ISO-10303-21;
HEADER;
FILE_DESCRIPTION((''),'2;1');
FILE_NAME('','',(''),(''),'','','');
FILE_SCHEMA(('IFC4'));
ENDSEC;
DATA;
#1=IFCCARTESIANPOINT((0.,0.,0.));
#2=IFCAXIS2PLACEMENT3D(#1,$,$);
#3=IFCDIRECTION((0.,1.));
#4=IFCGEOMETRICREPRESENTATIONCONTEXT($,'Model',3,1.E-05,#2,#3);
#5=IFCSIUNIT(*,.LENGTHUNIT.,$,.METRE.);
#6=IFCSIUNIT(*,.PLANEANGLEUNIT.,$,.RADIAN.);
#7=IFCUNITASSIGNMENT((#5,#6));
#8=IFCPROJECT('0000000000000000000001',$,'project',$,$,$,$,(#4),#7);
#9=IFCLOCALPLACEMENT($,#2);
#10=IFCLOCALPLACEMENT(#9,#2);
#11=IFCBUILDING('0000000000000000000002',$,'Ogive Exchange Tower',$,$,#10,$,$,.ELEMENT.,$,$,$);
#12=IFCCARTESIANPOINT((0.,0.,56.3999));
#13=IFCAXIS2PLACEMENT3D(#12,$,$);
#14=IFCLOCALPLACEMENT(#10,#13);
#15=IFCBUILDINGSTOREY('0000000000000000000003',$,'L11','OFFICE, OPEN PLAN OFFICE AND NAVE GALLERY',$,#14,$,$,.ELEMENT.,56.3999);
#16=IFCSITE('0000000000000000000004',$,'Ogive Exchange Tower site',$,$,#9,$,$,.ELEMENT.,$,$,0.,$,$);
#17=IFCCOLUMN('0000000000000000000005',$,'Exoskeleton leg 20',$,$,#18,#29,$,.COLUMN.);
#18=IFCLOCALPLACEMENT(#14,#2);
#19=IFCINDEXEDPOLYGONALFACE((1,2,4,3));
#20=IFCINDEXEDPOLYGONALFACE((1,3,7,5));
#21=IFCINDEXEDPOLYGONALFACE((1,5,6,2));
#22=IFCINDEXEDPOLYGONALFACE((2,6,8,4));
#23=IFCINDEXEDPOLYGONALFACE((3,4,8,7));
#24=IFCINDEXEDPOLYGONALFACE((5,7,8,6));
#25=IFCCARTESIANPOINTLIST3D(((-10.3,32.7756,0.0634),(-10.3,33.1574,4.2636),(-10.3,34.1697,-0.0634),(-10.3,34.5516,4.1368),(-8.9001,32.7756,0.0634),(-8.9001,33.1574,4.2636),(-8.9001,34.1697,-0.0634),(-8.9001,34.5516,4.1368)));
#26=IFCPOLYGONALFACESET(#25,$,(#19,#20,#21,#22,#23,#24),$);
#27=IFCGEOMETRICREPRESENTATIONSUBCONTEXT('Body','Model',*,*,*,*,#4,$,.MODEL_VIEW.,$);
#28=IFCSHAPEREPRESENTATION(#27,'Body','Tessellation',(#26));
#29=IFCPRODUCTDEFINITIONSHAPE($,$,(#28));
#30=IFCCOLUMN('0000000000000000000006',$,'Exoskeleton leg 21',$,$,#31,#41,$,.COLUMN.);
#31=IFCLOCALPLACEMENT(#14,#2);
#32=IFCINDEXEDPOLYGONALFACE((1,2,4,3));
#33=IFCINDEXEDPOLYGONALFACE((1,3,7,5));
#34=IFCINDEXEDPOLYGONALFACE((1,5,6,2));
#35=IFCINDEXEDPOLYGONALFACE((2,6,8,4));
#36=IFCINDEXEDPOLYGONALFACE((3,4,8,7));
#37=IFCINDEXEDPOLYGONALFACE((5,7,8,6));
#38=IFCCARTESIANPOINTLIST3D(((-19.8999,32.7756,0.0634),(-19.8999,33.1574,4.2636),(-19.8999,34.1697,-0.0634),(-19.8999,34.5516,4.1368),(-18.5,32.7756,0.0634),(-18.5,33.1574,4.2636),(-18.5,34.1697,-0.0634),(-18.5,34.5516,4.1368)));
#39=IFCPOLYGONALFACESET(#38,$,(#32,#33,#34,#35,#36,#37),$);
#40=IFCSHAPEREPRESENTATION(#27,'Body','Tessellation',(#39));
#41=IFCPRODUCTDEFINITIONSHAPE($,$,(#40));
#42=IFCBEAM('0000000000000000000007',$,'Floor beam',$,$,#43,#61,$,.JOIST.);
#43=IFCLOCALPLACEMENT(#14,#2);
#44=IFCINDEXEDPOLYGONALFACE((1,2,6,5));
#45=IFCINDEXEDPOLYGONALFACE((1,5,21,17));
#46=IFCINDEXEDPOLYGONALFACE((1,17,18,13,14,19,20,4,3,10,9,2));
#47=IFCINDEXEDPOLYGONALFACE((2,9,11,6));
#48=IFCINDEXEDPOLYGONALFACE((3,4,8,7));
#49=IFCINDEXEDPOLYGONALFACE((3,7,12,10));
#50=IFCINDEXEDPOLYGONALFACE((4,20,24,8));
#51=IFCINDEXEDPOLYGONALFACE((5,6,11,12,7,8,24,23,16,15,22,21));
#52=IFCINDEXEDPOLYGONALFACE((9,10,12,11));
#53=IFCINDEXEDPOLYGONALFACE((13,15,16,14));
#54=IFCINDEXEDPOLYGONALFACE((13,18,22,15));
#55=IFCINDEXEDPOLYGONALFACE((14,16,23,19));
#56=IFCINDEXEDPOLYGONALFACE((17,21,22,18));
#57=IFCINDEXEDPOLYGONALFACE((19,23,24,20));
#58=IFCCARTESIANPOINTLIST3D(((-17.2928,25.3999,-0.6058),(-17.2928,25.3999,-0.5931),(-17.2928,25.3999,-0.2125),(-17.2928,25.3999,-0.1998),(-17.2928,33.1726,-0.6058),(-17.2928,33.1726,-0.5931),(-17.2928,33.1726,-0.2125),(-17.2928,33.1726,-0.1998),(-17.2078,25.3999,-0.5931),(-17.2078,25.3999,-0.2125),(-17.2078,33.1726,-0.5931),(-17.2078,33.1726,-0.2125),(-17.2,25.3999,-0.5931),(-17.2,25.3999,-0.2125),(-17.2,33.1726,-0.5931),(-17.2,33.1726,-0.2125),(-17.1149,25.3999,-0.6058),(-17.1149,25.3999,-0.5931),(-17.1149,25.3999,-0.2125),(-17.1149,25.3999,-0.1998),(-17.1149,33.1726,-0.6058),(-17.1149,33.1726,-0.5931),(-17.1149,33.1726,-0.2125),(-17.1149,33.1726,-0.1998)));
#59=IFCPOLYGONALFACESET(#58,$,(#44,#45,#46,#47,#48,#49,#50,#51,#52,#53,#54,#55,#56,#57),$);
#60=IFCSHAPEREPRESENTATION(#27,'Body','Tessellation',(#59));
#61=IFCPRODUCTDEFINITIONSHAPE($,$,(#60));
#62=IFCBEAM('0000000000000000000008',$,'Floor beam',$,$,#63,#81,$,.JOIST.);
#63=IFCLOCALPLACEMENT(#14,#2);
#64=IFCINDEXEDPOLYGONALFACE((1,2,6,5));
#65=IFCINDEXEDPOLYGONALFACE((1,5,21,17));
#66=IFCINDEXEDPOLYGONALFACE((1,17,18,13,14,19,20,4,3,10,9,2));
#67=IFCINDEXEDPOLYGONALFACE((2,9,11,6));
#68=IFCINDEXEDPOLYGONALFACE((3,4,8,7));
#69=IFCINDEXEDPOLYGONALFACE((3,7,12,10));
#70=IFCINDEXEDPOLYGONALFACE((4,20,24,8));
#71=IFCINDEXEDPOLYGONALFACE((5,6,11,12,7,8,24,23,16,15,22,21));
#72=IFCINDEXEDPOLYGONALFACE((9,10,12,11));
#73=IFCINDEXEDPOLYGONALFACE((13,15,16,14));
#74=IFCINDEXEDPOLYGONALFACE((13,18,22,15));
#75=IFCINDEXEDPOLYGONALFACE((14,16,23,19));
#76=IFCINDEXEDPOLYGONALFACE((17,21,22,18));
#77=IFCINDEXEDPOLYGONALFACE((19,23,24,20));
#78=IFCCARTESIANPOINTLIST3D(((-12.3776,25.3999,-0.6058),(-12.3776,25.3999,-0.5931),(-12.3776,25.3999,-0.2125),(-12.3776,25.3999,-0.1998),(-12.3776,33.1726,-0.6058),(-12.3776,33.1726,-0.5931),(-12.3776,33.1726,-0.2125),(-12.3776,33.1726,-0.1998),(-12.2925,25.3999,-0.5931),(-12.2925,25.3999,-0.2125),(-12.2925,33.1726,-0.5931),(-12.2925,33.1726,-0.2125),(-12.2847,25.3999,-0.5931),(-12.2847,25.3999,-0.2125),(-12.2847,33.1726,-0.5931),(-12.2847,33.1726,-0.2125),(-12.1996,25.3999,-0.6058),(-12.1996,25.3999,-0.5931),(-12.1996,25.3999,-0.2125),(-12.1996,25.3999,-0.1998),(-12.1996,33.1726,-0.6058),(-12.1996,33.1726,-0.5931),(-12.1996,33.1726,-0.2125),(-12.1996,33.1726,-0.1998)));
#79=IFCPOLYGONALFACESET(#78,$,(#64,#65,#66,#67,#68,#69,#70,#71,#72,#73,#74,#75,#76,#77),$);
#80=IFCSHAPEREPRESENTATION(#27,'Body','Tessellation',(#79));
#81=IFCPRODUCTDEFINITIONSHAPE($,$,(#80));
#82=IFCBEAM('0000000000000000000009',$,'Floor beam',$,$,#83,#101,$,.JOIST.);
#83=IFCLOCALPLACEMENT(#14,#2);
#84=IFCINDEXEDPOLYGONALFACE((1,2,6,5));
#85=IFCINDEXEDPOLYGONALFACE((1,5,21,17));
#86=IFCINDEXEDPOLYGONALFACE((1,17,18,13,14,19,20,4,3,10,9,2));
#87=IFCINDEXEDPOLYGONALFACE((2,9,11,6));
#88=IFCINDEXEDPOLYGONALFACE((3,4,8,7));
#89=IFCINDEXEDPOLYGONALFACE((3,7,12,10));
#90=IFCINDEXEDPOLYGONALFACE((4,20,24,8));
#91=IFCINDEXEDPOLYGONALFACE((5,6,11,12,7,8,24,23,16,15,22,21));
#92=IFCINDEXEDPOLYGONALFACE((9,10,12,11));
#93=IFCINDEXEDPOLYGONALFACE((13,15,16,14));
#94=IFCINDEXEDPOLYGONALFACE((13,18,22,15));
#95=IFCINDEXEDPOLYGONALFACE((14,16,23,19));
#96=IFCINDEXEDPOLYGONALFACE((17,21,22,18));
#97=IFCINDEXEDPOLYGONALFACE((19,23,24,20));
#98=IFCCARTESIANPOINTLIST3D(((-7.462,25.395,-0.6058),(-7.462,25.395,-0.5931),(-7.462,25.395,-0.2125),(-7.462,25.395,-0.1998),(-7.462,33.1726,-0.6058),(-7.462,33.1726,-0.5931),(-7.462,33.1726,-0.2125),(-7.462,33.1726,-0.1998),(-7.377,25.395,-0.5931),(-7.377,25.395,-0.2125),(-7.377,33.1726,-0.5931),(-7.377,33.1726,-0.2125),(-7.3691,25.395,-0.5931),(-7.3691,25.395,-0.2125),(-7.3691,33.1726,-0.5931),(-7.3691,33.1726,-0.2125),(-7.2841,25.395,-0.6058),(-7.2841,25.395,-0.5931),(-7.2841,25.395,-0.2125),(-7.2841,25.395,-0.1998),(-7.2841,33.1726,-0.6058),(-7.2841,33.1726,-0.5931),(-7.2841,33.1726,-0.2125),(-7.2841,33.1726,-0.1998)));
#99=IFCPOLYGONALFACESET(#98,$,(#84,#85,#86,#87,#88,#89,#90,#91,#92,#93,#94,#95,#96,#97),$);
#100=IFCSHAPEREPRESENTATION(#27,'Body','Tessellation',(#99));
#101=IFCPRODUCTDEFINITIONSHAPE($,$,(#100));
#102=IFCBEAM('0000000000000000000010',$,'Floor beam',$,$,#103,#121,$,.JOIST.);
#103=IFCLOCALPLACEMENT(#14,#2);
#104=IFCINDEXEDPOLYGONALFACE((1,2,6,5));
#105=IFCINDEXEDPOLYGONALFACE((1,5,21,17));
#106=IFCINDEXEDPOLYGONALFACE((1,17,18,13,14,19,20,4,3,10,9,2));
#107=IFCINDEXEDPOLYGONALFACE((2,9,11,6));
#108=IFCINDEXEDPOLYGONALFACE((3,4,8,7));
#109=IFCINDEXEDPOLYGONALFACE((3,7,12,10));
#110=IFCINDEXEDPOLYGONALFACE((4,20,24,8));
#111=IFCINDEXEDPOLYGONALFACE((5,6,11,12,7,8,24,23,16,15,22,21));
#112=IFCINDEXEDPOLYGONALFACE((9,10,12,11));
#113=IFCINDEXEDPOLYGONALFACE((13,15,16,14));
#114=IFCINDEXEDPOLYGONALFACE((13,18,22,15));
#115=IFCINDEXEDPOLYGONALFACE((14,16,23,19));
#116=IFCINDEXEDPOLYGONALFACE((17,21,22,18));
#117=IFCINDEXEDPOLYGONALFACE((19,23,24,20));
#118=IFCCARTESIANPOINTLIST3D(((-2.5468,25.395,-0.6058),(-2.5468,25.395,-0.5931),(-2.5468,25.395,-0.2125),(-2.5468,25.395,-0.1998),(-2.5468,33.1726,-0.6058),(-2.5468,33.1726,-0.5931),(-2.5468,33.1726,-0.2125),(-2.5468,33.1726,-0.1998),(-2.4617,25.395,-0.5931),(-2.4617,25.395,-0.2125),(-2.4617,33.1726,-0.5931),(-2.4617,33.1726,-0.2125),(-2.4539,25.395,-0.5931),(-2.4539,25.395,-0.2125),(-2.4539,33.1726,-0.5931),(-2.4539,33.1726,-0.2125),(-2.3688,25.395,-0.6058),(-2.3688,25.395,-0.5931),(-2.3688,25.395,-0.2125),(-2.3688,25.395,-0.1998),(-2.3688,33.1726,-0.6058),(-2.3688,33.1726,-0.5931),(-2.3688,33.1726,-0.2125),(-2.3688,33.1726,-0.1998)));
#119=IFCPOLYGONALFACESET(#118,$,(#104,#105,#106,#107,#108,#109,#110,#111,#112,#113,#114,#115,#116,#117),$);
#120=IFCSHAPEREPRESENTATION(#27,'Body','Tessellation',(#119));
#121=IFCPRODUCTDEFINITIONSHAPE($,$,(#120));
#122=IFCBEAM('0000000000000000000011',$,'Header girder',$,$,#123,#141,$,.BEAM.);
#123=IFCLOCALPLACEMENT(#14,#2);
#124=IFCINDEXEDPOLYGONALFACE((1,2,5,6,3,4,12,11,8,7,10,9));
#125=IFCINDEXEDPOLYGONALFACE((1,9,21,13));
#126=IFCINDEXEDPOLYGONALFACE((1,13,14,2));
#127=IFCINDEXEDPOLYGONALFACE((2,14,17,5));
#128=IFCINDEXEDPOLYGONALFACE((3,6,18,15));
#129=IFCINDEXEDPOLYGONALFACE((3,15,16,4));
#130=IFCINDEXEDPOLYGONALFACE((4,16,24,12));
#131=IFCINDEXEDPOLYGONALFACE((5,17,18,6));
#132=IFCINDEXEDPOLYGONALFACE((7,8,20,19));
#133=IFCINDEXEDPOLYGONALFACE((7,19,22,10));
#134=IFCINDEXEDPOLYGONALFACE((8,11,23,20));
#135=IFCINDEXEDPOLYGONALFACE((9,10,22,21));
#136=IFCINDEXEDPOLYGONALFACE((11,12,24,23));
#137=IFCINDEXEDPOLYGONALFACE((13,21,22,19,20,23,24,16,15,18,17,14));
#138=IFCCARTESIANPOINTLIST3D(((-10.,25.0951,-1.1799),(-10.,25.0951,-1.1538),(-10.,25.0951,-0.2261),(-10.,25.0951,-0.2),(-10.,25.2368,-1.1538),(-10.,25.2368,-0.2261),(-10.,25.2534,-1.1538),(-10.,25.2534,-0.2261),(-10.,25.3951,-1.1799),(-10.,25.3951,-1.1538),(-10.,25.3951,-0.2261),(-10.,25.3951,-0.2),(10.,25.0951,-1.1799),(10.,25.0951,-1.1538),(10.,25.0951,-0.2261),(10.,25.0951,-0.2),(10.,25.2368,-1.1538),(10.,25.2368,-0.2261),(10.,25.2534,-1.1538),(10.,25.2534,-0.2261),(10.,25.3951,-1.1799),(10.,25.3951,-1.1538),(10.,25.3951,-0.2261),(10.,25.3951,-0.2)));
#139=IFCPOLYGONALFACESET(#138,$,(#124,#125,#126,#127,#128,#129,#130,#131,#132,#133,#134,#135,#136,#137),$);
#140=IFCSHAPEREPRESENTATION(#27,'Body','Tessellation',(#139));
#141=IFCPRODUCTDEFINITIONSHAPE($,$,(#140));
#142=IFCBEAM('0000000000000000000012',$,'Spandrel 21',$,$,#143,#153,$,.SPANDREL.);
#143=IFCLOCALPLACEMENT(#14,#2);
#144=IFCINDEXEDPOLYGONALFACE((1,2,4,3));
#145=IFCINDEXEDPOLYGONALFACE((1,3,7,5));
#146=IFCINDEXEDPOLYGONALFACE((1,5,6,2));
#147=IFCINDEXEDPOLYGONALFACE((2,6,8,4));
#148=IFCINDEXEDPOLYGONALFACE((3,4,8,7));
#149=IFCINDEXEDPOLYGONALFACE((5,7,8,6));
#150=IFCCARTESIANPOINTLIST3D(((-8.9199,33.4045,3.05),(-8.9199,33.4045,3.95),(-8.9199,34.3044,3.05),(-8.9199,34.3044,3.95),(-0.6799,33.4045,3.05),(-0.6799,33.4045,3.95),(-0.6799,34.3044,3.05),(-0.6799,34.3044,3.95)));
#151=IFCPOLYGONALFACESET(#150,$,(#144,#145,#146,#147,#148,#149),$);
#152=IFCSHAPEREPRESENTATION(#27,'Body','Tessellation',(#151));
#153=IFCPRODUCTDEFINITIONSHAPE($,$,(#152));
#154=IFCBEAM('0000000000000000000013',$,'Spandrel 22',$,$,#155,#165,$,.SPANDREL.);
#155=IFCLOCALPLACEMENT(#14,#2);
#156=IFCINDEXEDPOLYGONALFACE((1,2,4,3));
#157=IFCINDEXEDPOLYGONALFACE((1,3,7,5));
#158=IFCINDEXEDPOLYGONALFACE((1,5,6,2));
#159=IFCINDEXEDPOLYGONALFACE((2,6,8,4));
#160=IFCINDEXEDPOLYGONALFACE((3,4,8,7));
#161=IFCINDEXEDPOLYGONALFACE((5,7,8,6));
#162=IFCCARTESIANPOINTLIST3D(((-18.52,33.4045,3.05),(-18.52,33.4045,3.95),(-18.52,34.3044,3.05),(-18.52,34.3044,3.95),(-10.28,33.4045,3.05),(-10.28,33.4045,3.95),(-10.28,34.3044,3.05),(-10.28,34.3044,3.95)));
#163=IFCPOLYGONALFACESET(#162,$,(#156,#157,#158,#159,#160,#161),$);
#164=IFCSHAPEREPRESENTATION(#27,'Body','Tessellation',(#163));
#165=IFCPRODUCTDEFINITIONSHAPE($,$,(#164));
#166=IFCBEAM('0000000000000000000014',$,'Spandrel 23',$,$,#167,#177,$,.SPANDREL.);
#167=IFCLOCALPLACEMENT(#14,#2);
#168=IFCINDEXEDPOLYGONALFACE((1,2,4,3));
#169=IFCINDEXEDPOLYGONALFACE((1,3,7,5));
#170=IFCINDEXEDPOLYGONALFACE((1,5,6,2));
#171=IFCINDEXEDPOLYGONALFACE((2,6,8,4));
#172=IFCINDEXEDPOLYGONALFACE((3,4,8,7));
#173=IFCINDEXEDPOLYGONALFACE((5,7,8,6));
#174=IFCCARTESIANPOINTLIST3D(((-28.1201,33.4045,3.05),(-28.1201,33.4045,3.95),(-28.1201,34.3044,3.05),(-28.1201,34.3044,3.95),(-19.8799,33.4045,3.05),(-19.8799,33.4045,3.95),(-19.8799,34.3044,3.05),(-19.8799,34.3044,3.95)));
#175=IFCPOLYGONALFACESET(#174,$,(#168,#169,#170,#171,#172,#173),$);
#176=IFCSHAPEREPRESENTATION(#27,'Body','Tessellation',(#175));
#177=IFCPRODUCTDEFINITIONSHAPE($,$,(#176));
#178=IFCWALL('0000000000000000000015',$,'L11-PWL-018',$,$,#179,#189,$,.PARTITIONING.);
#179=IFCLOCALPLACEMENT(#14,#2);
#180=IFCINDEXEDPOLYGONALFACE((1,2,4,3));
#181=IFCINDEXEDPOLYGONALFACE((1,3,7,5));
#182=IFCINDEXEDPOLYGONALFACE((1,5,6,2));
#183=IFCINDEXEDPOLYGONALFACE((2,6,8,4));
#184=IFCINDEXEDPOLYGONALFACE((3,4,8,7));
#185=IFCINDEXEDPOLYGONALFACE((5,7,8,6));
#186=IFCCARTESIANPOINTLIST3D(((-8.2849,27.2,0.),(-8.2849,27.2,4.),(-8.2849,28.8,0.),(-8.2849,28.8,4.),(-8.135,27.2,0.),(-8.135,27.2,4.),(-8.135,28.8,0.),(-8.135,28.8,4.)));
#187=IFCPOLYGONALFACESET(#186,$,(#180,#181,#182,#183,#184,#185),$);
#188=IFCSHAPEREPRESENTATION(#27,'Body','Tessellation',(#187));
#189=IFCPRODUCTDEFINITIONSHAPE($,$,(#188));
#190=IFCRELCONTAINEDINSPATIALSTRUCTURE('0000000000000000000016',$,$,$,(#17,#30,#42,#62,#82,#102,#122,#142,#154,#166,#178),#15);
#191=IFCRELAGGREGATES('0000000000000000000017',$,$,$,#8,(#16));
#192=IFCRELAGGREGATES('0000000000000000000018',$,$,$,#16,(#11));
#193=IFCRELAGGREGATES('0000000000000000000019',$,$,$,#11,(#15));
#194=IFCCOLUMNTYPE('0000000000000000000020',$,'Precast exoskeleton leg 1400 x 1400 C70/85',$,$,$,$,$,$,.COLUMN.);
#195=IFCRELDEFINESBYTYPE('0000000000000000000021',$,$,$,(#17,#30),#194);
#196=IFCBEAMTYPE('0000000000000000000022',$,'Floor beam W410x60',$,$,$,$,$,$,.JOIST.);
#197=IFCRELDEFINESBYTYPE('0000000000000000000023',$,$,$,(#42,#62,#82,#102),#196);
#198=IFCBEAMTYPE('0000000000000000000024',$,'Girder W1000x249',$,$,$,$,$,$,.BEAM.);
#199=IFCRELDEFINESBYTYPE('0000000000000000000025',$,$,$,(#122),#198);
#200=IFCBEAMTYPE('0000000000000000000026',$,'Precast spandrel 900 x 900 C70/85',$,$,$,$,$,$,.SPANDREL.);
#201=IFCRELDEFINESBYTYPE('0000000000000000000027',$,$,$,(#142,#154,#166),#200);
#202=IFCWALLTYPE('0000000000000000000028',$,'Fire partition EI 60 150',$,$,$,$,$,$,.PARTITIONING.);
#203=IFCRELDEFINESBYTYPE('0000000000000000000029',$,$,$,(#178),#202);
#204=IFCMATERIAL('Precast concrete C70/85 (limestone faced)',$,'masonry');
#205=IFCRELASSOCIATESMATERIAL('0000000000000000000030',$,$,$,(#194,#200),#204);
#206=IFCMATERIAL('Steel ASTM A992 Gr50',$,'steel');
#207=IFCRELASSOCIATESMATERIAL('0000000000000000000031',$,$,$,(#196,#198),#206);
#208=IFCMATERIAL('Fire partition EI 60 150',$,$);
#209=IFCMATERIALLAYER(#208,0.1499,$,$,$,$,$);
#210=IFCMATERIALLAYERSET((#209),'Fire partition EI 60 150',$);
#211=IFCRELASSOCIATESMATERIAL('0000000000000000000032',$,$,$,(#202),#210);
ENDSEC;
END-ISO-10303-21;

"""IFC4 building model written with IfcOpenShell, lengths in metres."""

from ifc_helpers import new_model, si_unit, direction, frame, frame_2d, origin, origin_2d, place, context, subcontext, project, spatial, rectangle, i_section, extrude, material, layer, layer_set, material_profile, profile_set, type_object, element, save


model = new_model("IFC4")

# Units and contexts
model_context = context("Model", 3, precision=1e-05, world=origin(), true_north=direction((0.0, 1.0)))
body_context = subcontext(model_context, "Body", "Model", "MODEL_VIEW")
ifc_project = project(units=[si_unit("LENGTHUNIT", "METRE"), si_unit("PLANEANGLEUNIT", "RADIAN")], contexts=[model_context])

# Site, building, storey
site_placement = place(None, origin())
site = spatial("IfcSite", under=ifc_project, at=site_placement, Name="Ogive Exchange Tower site", CompositionType="ELEMENT", RefElevation=0.0)
building_placement = place(site_placement, origin())
building = spatial("IfcBuilding", under=site, at=building_placement, Name="Ogive Exchange Tower", CompositionType="ELEMENT")
storey_placement = place(building_placement, frame((0.0, 0.0, 56.3999)))
storey = spatial("IfcBuildingStorey", under=building, at=storey_placement, Name="L11", Description="OFFICE, OPEN PLAN OFFICE AND NAVE GALLERY", CompositionType="ELEMENT", Elevation=56.3999)

# Columns
ifc_material_1 = material(Name="Precast concrete C70/85 (limestone faced)", Category="masonry")
ifc_material_profile_1 = material_profile(ifc_material_1, rectangle(XDim=1.3999, YDim=1.3999, at=origin_2d()), Name="1400 x 1400")
ifc_profile_set_1 = profile_set([ifc_material_profile_1], Name="Precast concrete C70/85 (limestone faced)")
column_type = type_object("IfcColumnType", Name="Precast exoskeleton leg 1400 x 1400 C70/85", PredefinedType="COLUMN", material=ifc_profile_set_1)
for number, where, z_axis, x_axis, name in (
    (1, (-9.6001, 33.4727, 0.0), (0.0, 0.090536, 0.995893), (-1.0, 0.0, 0.0), "Exoskeleton leg 20"),
    (2, (-19.2, 33.4727, 0.0), (0.0, 0.090536, 0.995893), (-1.0, 0.0, 0.0), "Exoskeleton leg 21"),
):
    element("IfcColumn", number, at=place(storey_placement, frame(where, z_axis=z_axis, x_axis=x_axis)), inside=storey, type_object=column_type, Name=name, PredefinedType="COLUMN", context=body_context, shape_type="SweptSolid", body=[
        extrude(rectangle(XDim=1.3999, YDim=1.3999, at=origin_2d()), origin(), (0.0, 0.0, 1.0), 4.2175),
    ])

# Beams
ifc_material_2 = material(Name="Steel ASTM A992 Gr50", Category="steel")
ifc_material_profile_2 = material_profile(ifc_material_2, i_section(OverallWidth=0.178, OverallDepth=0.406, WebThickness=0.0078, FlangeThickness=0.0127, at=origin_2d()), Name="W410x60")
ifc_profile_set_2 = profile_set([ifc_material_profile_2], Name="Steel ASTM A992 Gr50")
beam_type_1 = type_object("IfcBeamType", Name="Floor beam W410x60", PredefinedType="JOIST", material=ifc_profile_set_2)
for number, where, z_axis, x_axis, name in (
    (3, (-17.2039, 25.3999, -0.4028), (0.0, 1.0, 0.0), (-1.0, 0.0, 0.0), "Floor beam"),
    (4, (-12.2886, 25.3999, -0.4028), (0.0, 1.0, 0.0), (-1.0, 0.0, 0.0), "Floor beam"),
):
    element("IfcBeam", number, at=place(storey_placement, frame(where, z_axis=z_axis, x_axis=x_axis)), inside=storey, type_object=beam_type_1, Name=name, PredefinedType="JOIST", context=body_context, shape_type="SweptSolid", body=[
        extrude(i_section(OverallWidth=0.178, OverallDepth=0.406, WebThickness=0.0078, FlangeThickness=0.0127, at=origin_2d()), origin(), (0.0, 0.0, 1.0), 7.7727),
    ])
for number, where, z_axis, x_axis, name in (
    (5, (-7.373, 25.395, -0.4028), (0.0, 1.0, 0.0), (-1.0, 0.0, 0.0), "Floor beam"),
    (6, (-2.4578, 25.395, -0.4028), (0.0, 1.0, 0.0), (-1.0, 0.0, 0.0), "Floor beam"),
):
    element("IfcBeam", number, at=place(storey_placement, frame(where, z_axis=z_axis, x_axis=x_axis)), inside=storey, type_object=beam_type_1, Name=name, PredefinedType="JOIST", context=body_context, shape_type="SweptSolid", body=[
        extrude(i_section(OverallWidth=0.178, OverallDepth=0.406, WebThickness=0.0078, FlangeThickness=0.0127, at=origin_2d()), origin(), (0.0, 0.0, 1.0), 7.7776),
    ])
ifc_material_profile_3 = material_profile(ifc_material_2, i_section(OverallWidth=0.3, OverallDepth=0.98, WebThickness=0.0166, FlangeThickness=0.0261, at=origin_2d()), Name="W1000x249")
ifc_profile_set_3 = profile_set([ifc_material_profile_3], Name="Steel ASTM A992 Gr50")
beam_type_2 = type_object("IfcBeamType", Name="Girder W1000x249", PredefinedType="BEAM", material=ifc_profile_set_3)
beam_1_placement = place(storey_placement, frame((-10.0, 25.2451, -0.6899), z_axis=(1.0, 0.0, 0.0), x_axis=(0.0, 1.0, 0.0)))
element("IfcBeam", 7, at=beam_1_placement, inside=storey, type_object=beam_type_2, Name="Header girder", PredefinedType="BEAM", context=body_context, shape_type="SweptSolid", body=[
    extrude(i_section(OverallWidth=0.3, OverallDepth=0.98, WebThickness=0.0166, FlangeThickness=0.0261, at=origin_2d()), origin(), (0.0, 0.0, 1.0), 20.0),
])
ifc_material_profile_4 = material_profile(ifc_material_1, rectangle(XDim=0.8999, YDim=0.8999, at=origin_2d()), Name="900 x 900")
ifc_profile_set_4 = profile_set([ifc_material_profile_4], Name="Precast concrete C70/85 (limestone faced)")
beam_type_3 = type_object("IfcBeamType", Name="Precast spandrel 900 x 900 C70/85", PredefinedType="SPANDREL", material=ifc_profile_set_4)
for number, where, z_axis, x_axis, name in (
    (8, (-0.6799, 33.8545, 3.5), (-1.0, 0.0, 0.0), (0.0, -1.0, 0.0), "Spandrel 21"),
    (9, (-10.28, 33.8545, 3.5), (-1.0, 0.0, 0.0), (0.0, -1.0, 0.0), "Spandrel 22"),
):
    element("IfcBeam", number, at=place(storey_placement, frame(where, z_axis=z_axis, x_axis=x_axis)), inside=storey, type_object=beam_type_3, Name=name, PredefinedType="SPANDREL", context=body_context, shape_type="SweptSolid", body=[
        extrude(rectangle(XDim=0.8999, YDim=0.8999, at=origin_2d()), origin(), (0.0, 0.0, 1.0), 8.24),
    ])
beam_2_placement = place(storey_placement, frame((-19.8799, 33.8545, 3.5), z_axis=(-1.0, 0.0, 0.0), x_axis=(0.0, -1.0, 0.0)))
element("IfcBeam", 10, at=beam_2_placement, inside=storey, type_object=beam_type_3, Name="Spandrel 23", PredefinedType="SPANDREL", context=body_context, shape_type="SweptSolid", body=[
    extrude(rectangle(XDim=0.8999, YDim=0.8999, at=origin_2d()), origin(), (0.0, 0.0, 1.0), 8.2402),
])

# Wall
ifc_material_3 = material(Name="Fire partition EI 60 150")
ifc_layer_1 = layer(ifc_material_3, 0.1499)
ifc_layer_set_1 = layer_set([ifc_layer_1], Name="Fire partition EI 60 150")
wall_type_1 = type_object("IfcWallType", Name="Fire partition EI 60 150", PredefinedType="PARTITIONING", material=ifc_layer_set_1)
wall_1_placement = place(storey_placement, frame((-8.21, 28.8, 0.0), z_axis=(0.0, 0.0, 1.0), x_axis=(0.0, -1.0, 0.0)))
element("IfcWall", 11, at=wall_1_placement, inside=storey, type_object=wall_type_1, Name="L11-PWL-018", PredefinedType="PARTITIONING", context=body_context, shape_type="SweptSolid", body=[
    extrude(rectangle(XDim=1.6001, YDim=0.1499, at=frame_2d((0.8, 0.0))), origin(), (0.0, 0.0, 1.0), 4.0),
])

save(model, "model.ifc")
